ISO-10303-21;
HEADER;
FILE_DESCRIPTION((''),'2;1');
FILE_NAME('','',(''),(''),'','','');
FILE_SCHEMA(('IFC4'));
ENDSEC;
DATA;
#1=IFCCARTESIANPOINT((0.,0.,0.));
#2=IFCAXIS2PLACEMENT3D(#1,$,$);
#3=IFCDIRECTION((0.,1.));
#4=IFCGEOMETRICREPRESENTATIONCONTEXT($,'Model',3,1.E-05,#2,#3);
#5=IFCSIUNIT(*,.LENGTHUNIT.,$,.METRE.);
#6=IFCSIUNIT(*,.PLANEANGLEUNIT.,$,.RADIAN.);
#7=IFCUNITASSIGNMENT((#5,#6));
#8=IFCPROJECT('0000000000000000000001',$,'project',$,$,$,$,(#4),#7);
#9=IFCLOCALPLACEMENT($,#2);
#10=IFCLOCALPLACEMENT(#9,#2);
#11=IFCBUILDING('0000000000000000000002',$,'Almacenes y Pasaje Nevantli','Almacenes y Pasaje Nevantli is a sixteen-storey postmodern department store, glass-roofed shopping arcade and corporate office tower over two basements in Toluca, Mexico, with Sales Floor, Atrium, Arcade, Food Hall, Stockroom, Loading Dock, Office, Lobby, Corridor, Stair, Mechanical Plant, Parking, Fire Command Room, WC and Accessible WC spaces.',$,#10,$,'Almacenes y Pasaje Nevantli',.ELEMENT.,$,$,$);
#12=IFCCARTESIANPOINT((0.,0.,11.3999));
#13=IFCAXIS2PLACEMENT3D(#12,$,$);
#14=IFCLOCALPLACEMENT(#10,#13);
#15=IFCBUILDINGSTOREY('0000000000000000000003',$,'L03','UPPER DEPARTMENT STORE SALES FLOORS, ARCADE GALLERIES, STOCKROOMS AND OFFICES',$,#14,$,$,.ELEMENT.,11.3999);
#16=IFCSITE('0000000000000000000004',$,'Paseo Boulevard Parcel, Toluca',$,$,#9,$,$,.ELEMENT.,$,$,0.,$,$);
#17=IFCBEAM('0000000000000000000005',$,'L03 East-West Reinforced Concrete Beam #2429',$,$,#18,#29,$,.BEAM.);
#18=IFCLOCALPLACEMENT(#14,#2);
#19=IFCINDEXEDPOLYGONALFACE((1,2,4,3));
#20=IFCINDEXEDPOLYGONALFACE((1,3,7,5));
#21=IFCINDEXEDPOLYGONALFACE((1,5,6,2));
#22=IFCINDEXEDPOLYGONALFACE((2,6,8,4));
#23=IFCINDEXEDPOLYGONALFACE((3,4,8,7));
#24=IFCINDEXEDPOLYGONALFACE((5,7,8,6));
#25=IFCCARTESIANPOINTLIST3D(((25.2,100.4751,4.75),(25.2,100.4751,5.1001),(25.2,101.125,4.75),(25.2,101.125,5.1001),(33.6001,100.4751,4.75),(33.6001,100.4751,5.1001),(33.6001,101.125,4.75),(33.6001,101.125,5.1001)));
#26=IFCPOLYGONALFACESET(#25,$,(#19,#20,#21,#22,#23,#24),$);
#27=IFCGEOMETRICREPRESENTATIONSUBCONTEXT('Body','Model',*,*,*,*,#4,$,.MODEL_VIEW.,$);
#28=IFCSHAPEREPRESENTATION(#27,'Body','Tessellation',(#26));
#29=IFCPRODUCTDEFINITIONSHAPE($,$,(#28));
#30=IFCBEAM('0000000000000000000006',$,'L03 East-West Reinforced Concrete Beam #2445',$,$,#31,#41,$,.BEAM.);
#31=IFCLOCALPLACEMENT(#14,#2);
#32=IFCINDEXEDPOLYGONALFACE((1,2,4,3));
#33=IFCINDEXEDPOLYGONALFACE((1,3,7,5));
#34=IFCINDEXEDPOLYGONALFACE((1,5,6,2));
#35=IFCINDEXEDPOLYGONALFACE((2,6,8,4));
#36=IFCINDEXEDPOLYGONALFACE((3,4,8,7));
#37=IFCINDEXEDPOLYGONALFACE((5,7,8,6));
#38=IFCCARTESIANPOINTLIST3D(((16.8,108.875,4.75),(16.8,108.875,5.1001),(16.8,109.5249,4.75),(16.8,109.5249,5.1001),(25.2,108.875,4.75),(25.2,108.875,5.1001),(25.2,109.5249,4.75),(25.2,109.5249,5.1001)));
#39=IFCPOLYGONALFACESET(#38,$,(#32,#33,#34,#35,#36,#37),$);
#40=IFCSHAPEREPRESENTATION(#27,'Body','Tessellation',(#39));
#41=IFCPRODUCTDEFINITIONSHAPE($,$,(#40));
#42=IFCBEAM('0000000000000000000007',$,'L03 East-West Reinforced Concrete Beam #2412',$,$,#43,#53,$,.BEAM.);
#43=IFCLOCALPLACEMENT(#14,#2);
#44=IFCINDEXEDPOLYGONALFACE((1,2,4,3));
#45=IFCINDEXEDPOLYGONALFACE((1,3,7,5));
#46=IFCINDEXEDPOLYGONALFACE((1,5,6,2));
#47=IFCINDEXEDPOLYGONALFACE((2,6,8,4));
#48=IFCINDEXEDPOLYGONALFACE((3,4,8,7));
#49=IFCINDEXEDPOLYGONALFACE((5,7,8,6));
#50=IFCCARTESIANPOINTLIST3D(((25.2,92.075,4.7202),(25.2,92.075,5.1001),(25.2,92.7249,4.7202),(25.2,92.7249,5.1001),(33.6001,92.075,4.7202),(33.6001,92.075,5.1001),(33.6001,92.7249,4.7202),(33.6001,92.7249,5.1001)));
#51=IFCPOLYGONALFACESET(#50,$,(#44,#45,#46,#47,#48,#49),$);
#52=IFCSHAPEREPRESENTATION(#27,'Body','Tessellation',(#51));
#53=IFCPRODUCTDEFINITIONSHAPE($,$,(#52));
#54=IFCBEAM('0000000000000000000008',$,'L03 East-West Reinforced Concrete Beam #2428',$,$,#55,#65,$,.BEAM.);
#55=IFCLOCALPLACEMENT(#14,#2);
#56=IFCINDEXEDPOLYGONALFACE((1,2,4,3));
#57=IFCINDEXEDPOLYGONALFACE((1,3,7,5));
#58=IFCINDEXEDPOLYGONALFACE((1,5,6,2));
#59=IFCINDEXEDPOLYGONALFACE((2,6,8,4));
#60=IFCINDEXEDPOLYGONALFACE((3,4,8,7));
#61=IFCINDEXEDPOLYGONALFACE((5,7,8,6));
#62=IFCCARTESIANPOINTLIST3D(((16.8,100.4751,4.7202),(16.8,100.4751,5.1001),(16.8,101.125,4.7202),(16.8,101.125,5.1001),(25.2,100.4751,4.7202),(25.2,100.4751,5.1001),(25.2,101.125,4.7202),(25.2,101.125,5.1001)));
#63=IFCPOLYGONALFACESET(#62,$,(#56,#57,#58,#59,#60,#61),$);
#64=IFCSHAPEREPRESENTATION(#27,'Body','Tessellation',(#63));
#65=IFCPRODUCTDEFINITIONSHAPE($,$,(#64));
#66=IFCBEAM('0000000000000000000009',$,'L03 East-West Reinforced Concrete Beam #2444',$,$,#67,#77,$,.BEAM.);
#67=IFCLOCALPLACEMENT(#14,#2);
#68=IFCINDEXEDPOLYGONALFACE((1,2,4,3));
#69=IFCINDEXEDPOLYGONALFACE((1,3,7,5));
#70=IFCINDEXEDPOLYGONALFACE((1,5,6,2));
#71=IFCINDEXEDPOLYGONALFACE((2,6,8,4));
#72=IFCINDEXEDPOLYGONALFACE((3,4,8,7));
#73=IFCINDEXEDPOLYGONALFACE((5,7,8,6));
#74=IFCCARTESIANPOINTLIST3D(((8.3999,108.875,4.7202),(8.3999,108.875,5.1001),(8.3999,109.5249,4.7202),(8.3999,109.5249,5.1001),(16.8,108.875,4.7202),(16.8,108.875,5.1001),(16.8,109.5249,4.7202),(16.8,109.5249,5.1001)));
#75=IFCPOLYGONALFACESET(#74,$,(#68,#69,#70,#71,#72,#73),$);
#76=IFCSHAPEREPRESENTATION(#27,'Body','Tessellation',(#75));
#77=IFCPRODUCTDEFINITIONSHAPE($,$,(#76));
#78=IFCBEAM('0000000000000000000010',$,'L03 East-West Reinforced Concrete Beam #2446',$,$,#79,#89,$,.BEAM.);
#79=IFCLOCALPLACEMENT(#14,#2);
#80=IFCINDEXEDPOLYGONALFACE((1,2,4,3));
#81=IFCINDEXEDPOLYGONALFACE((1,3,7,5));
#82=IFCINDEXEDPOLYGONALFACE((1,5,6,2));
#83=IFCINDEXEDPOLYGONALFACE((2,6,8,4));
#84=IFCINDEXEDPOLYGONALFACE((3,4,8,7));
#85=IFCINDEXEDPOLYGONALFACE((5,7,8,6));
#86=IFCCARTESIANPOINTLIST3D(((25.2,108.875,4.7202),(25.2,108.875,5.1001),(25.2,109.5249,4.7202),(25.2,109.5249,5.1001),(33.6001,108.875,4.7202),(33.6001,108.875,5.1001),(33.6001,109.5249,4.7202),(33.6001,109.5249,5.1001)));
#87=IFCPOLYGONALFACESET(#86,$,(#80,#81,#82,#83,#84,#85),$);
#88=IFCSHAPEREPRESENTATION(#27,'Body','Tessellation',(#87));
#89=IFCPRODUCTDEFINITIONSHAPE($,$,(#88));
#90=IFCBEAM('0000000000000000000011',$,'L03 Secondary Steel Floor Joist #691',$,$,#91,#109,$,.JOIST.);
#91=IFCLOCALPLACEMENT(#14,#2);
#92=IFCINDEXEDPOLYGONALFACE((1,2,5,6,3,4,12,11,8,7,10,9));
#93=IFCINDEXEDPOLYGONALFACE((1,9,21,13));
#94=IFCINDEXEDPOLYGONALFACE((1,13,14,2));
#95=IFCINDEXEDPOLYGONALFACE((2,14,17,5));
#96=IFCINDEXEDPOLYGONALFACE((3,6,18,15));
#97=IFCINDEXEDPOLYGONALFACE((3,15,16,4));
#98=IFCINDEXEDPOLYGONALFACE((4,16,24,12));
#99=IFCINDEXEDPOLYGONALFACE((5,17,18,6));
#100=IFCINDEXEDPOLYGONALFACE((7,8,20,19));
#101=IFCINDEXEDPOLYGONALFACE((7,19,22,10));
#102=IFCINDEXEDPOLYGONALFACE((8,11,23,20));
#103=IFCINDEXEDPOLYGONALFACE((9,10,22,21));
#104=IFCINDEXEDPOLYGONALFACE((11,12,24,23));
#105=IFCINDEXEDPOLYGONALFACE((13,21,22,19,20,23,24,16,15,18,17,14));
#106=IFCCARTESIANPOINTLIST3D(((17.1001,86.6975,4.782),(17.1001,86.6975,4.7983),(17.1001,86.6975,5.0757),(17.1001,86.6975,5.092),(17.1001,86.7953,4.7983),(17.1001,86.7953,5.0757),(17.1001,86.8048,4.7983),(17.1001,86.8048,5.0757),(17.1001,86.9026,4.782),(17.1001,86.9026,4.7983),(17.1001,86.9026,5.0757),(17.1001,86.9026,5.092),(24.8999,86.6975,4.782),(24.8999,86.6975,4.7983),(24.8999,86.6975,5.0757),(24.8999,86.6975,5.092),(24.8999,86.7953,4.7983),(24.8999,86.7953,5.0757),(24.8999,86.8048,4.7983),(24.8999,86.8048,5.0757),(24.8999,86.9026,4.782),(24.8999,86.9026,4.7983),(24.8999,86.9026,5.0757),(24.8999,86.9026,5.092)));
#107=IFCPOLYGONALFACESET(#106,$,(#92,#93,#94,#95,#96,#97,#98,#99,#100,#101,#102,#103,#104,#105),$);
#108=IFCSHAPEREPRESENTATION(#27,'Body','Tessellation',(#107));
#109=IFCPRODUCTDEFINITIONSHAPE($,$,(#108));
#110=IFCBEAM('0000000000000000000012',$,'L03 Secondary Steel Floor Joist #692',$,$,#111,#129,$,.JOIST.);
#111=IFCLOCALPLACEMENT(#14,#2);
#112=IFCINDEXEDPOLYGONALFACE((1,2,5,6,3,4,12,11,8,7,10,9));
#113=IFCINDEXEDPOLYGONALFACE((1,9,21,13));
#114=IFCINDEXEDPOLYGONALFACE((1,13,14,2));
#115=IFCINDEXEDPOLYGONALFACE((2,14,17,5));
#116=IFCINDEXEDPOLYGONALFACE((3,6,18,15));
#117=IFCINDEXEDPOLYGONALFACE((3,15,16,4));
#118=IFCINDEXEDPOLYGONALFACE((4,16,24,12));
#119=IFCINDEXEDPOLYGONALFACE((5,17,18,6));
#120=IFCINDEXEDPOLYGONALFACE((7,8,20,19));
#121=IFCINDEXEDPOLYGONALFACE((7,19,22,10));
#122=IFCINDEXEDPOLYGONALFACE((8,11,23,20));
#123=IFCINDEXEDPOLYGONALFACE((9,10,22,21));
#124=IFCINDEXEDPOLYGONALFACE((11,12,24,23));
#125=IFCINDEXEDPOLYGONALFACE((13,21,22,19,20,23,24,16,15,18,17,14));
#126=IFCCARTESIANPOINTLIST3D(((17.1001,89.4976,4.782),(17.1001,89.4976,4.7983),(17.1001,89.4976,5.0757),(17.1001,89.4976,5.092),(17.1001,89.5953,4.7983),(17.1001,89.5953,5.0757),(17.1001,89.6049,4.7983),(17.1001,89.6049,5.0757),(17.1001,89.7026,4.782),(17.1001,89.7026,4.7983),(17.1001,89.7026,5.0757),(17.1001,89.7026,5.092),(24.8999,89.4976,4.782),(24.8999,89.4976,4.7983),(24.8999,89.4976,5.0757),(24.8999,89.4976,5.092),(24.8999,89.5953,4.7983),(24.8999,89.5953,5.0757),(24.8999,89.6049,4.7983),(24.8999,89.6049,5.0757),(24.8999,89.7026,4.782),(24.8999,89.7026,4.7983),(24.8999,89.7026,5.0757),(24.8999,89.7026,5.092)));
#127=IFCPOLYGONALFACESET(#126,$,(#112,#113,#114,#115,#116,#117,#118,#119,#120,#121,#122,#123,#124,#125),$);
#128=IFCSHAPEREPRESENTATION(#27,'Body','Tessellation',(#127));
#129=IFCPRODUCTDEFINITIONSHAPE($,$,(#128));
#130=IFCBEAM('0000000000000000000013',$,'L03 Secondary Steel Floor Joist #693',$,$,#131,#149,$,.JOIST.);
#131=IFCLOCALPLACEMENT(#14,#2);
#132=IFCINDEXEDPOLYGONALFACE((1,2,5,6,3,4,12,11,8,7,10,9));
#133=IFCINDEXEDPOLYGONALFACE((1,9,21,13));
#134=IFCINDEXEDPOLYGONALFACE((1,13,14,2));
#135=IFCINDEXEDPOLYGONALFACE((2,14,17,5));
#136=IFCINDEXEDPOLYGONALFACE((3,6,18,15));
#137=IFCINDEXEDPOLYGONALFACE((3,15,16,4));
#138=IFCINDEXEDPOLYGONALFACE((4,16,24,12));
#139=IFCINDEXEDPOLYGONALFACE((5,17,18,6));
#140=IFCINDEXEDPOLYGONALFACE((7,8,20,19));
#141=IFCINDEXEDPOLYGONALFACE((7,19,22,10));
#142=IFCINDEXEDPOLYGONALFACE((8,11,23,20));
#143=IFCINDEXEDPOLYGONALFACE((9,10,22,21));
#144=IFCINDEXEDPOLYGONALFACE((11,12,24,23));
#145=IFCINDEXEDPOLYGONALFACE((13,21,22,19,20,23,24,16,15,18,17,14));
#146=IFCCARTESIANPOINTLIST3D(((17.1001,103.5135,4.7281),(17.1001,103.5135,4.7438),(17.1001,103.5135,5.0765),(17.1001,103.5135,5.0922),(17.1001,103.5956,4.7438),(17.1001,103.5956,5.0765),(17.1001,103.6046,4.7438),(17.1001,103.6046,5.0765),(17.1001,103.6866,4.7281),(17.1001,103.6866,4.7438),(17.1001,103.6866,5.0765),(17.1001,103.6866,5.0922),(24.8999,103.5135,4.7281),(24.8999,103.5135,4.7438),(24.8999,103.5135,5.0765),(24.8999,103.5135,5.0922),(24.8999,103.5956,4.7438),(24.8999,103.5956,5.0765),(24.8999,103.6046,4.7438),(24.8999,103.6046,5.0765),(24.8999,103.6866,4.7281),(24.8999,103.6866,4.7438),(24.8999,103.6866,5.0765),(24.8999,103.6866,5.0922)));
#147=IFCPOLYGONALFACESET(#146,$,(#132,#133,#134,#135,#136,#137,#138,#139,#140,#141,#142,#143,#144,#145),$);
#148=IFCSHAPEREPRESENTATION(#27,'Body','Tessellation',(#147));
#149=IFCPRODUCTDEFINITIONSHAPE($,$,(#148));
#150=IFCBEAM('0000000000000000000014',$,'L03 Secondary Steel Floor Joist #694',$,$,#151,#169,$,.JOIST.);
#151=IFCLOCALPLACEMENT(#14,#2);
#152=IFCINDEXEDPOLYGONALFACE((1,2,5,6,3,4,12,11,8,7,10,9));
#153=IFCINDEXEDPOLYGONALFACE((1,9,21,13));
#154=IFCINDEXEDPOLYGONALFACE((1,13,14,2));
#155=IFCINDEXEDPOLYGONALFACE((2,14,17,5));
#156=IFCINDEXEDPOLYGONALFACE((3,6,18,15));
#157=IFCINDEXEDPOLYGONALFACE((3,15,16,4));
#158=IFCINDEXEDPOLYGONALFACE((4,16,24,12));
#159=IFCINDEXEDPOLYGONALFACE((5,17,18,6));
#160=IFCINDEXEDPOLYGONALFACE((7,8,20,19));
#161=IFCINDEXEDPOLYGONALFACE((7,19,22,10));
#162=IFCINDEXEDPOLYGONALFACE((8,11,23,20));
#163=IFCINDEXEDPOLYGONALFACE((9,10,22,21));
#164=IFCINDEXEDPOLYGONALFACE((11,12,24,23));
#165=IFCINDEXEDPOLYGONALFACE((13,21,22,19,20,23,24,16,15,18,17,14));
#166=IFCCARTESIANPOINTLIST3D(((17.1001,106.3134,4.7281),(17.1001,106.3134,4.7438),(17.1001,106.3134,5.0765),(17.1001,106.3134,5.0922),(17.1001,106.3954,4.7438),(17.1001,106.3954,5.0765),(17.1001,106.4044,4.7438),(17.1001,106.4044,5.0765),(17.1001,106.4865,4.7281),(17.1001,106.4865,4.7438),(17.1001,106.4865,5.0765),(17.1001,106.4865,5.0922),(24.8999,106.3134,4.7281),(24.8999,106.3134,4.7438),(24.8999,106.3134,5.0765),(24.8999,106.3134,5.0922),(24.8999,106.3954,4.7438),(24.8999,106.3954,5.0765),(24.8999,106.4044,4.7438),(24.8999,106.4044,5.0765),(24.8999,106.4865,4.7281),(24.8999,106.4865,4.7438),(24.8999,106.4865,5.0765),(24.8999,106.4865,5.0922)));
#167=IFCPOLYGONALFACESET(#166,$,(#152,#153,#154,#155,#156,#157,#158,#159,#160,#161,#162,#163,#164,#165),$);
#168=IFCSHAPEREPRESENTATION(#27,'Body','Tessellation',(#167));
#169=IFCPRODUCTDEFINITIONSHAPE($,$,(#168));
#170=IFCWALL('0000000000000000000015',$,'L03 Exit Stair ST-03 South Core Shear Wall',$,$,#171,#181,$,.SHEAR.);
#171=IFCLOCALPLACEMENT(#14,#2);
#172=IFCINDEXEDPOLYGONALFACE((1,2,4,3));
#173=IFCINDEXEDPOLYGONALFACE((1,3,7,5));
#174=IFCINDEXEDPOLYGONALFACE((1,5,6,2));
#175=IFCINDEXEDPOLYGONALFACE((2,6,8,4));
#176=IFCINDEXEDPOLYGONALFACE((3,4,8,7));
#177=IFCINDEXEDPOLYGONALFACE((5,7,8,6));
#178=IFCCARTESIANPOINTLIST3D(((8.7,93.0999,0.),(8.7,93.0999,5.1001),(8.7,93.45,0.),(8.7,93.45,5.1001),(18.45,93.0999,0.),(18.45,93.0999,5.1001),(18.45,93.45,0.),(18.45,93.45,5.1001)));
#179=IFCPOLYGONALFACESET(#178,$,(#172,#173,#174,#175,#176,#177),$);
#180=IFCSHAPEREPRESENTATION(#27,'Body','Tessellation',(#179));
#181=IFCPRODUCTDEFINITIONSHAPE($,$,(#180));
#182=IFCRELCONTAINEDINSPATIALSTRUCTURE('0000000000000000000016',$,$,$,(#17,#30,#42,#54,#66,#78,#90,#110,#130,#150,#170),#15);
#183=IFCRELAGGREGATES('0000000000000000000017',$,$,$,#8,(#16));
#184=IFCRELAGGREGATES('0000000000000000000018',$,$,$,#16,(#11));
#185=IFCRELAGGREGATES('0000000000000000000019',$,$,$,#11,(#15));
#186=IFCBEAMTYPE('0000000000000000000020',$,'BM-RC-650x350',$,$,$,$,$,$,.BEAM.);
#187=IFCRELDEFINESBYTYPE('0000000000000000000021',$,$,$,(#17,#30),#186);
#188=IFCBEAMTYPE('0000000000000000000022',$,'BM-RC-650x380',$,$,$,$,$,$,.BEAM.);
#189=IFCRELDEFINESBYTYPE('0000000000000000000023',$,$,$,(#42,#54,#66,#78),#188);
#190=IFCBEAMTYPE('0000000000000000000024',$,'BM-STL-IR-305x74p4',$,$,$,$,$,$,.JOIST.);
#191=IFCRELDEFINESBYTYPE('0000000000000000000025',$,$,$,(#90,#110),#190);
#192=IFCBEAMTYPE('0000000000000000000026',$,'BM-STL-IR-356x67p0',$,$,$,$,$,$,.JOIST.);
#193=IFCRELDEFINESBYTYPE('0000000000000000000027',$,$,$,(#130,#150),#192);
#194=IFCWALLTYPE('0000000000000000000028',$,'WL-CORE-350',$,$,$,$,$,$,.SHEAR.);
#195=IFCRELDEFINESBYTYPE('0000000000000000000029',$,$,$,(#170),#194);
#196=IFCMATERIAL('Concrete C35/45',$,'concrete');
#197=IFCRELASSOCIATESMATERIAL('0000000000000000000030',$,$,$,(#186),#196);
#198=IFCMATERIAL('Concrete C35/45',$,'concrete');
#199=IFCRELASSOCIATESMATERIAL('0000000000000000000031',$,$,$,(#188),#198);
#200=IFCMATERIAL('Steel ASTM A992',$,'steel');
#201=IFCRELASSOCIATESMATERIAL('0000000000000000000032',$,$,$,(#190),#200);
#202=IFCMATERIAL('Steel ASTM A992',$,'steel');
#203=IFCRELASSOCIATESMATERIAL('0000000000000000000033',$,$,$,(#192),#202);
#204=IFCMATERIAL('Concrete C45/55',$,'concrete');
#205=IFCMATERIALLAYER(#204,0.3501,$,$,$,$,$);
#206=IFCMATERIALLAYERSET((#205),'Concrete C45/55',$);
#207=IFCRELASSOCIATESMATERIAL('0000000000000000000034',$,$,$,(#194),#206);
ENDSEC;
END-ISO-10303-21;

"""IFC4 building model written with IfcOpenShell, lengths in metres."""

from ifc_helpers import new_model, si_unit, direction, frame, frame_2d, origin, origin_2d, place, context, subcontext, project, spatial, rectangle, i_section, extrude, material, layer, layer_set, material_profile, profile_set, type_object, element, save


model = new_model("IFC4")

# Units and contexts
model_context = context("Model", 3, precision=1e-05, world=origin(), true_north=direction((0.0, 1.0)))
body_context = subcontext(model_context, "Body", "Model", "MODEL_VIEW")
ifc_project = project(units=[si_unit("LENGTHUNIT", "METRE"), si_unit("PLANEANGLEUNIT", "RADIAN")], contexts=[model_context])

# Site, building, storey
site_placement = place(None, origin())
site = spatial("IfcSite", under=ifc_project, at=site_placement, Name="Paseo Boulevard Parcel, Toluca", CompositionType="ELEMENT", RefElevation=0.0)
building_placement = place(site_placement, origin())
building = spatial("IfcBuilding", under=site, at=building_placement, Name="Almacenes y Pasaje Nevantli", Description="Almacenes y Pasaje Nevantli is a sixteen-storey postmodern department store, glass-roofed shopping arcade and corporate office tower over two basements in Toluca, Mexico, with Sales Floor, Atrium, Arcade, Food Hall, Stockroom, Loading Dock, Office, Lobby, Corridor, Stair, Mechanical Plant, Parking, Fire Command Room, WC and Accessible WC spaces.", LongName="Almacenes y Pasaje Nevantli", CompositionType="ELEMENT")
storey_placement = place(building_placement, frame((0.0, 0.0, 11.3999)))
storey = spatial("IfcBuildingStorey", under=building, at=storey_placement, Name="L03", Description="UPPER DEPARTMENT STORE SALES FLOORS, ARCADE GALLERIES, STOCKROOMS AND OFFICES", CompositionType="ELEMENT", Elevation=11.3999)

# Beams
ifc_material_1 = material(Name="Concrete C35/45", Category="concrete")
ifc_material_profile_1 = material_profile(ifc_material_1, rectangle(XDim=0.6499, YDim=0.3501, at=origin_2d()), Name="RC-BM-650x350")
ifc_profile_set_1 = profile_set([ifc_material_profile_1], Name="Concrete C35/45")
beam_type_1 = type_object("IfcBeamType", Name="BM-RC-650x350", PredefinedType="BEAM", material=ifc_profile_set_1)
beam_1_placement = place(storey_placement, frame((25.2, 100.8, 4.925), z_axis=(1.0, 0.0, 0.0), x_axis=(0.0, 1.0, 0.0)))
element("IfcBeam", 1, at=beam_1_placement, inside=storey, type_object=beam_type_1, Name="L03 East-West Reinforced Concrete Beam #2429", PredefinedType="BEAM", context=body_context, shape_type="SweptSolid", body=[
    extrude(rectangle(XDim=0.6499, YDim=0.3501, at=origin_2d()), origin(), (0.0, 0.0, 1.0), 8.4001),
])
beam_2_placement = place(storey_placement, frame((16.8, 109.2, 4.925), z_axis=(1.0, 0.0, 0.0), x_axis=(0.0, 1.0, 0.0)))
element("IfcBeam", 2, at=beam_2_placement, inside=storey, type_object=beam_type_1, Name="L03 East-West Reinforced Concrete Beam #2445", PredefinedType="BEAM", context=body_context, shape_type="SweptSolid", body=[
    extrude(rectangle(XDim=0.6499, YDim=0.3501, at=origin_2d()), origin(), (0.0, 0.0, 1.0), 8.3999),
])
ifc_material_2 = material(Name="Concrete C35/45", Category="concrete")
ifc_material_profile_2 = material_profile(ifc_material_2, rectangle(XDim=0.6499, YDim=0.3799, at=origin_2d()), Name="RC-BM-650x380")
ifc_profile_set_2 = profile_set([ifc_material_profile_2], Name="Concrete C35/45")
beam_type_2 = type_object("IfcBeamType", Name="BM-RC-650x380", PredefinedType="BEAM", material=ifc_profile_set_2)
beam_3_placement = place(storey_placement, frame((25.2, 92.3999, 4.9102), z_axis=(1.0, 0.0, 0.0), x_axis=(0.0, 1.0, 0.0)))
element("IfcBeam", 3, at=beam_3_placement, inside=storey, type_object=beam_type_2, Name="L03 East-West Reinforced Concrete Beam #2412", PredefinedType="BEAM", context=body_context, shape_type="SweptSolid", body=[
    extrude(rectangle(XDim=0.6499, YDim=0.3799, at=origin_2d()), origin(), (0.0, 0.0, 1.0), 8.4001),
])
beam_4_placement = place(storey_placement, frame((16.8, 100.8, 4.9102), z_axis=(1.0, 0.0, 0.0), x_axis=(0.0, 1.0, 0.0)))
element("IfcBeam", 4, at=beam_4_placement, inside=storey, type_object=beam_type_2, Name="L03 East-West Reinforced Concrete Beam #2428", PredefinedType="BEAM", context=body_context, shape_type="SweptSolid", body=[
    extrude(rectangle(XDim=0.6499, YDim=0.3799, at=origin_2d()), origin(), (0.0, 0.0, 1.0), 8.3999),
])
for number, where, z_axis, x_axis, name in (
    (5, (8.3999, 109.2, 4.9102), (1.0, 0.0, 0.0), (0.0, 1.0, 0.0), "L03 East-West Reinforced Concrete Beam #2444"),
    (6, (25.2, 109.2, 4.9102), (1.0, 0.0, 0.0), (0.0, 1.0, 0.0), "L03 East-West Reinforced Concrete Beam #2446"),
):
    element("IfcBeam", number, at=place(storey_placement, frame(where, z_axis=z_axis, x_axis=x_axis)), inside=storey, type_object=beam_type_2, Name=name, PredefinedType="BEAM", context=body_context, shape_type="SweptSolid", body=[
        extrude(rectangle(XDim=0.6499, YDim=0.3799, at=origin_2d()), origin(), (0.0, 0.0, 1.0), 8.4001),
    ])
ifc_material_3 = material(Name="Steel ASTM A992", Category="steel")
ifc_material_profile_3 = material_profile(ifc_material_3, i_section(OverallWidth=0.2051, OverallDepth=0.3101, WebThickness=0.0095, FlangeThickness=0.0164, at=origin_2d()), Name="IR 305x74.4")
ifc_profile_set_3 = profile_set([ifc_material_profile_3], Name="Steel ASTM A992")
beam_type_3 = type_object("IfcBeamType", Name="BM-STL-IR-305x74p4", PredefinedType="JOIST", material=ifc_profile_set_3)
for number, where, z_axis, x_axis, name in (
    (7, (17.1001, 86.8, 4.937), (1.0, 0.0, 0.0), (0.0, 1.0, 0.0), "L03 Secondary Steel Floor Joist #691"),
    (8, (17.1001, 89.6001, 4.937), (1.0, 0.0, 0.0), (0.0, 1.0, 0.0), "L03 Secondary Steel Floor Joist #692"),
):
    element("IfcBeam", number, at=place(storey_placement, frame(where, z_axis=z_axis, x_axis=x_axis)), inside=storey, type_object=beam_type_3, Name=name, PredefinedType="JOIST", context=body_context, shape_type="SweptSolid", body=[
        extrude(i_section(OverallWidth=0.2051, OverallDepth=0.3101, WebThickness=0.0095, FlangeThickness=0.0164, at=origin_2d()), origin(), (0.0, 0.0, 1.0), 7.7998),
    ])
ifc_material_4 = material(Name="Steel ASTM A992", Category="steel")
ifc_material_profile_4 = material_profile(ifc_material_4, i_section(OverallWidth=0.1731, OverallDepth=0.364, WebThickness=0.009, FlangeThickness=0.0156, at=origin_2d()), Name="IR 356x67.0")
ifc_profile_set_4 = profile_set([ifc_material_profile_4], Name="Steel ASTM A992")
beam_type_4 = type_object("IfcBeamType", Name="BM-STL-IR-356x67p0", PredefinedType="JOIST", material=ifc_profile_set_4)
for number, where, z_axis, x_axis, name in (
    (9, (17.1001, 103.6001, 4.9102), (1.0, 0.0, 0.0), (0.0, 1.0, 0.0), "L03 Secondary Steel Floor Joist #693"),
    (10, (17.1001, 106.3999, 4.9102), (1.0, 0.0, 0.0), (0.0, 1.0, 0.0), "L03 Secondary Steel Floor Joist #694"),
):
    element("IfcBeam", number, at=place(storey_placement, frame(where, z_axis=z_axis, x_axis=x_axis)), inside=storey, type_object=beam_type_4, Name=name, PredefinedType="JOIST", context=body_context, shape_type="SweptSolid", body=[
        extrude(i_section(OverallWidth=0.1731, OverallDepth=0.364, WebThickness=0.009, FlangeThickness=0.0156, at=origin_2d()), origin(), (0.0, 0.0, 1.0), 7.7998),
    ])

# Wall
ifc_material_5 = material(Name="Concrete C45/55", Category="concrete")
ifc_layer_1 = layer(ifc_material_5, 0.3501)
ifc_layer_set_1 = layer_set([ifc_layer_1], Name="Concrete C45/55")
wall_type = type_object("IfcWallType", Name="WL-CORE-350", PredefinedType="SHEAR", material=ifc_layer_set_1)
wall_1_placement = place(storey_placement, frame((8.7, 93.2749, 0.0), z_axis=(0.0, 0.0, 1.0), x_axis=(1.0, 0.0, 0.0)))
element("IfcWall", 11, at=wall_1_placement, inside=storey, type_object=wall_type, Name="L03 Exit Stair ST-03 South Core Shear Wall", PredefinedType="SHEAR", context=body_context, shape_type="SweptSolid", body=[
    extrude(rectangle(XDim=9.75, YDim=0.3501, at=frame_2d((4.875, 0.0))), origin(), (0.0, 0.0, 1.0), 5.1001),
])

save(model, "model.ifc")
